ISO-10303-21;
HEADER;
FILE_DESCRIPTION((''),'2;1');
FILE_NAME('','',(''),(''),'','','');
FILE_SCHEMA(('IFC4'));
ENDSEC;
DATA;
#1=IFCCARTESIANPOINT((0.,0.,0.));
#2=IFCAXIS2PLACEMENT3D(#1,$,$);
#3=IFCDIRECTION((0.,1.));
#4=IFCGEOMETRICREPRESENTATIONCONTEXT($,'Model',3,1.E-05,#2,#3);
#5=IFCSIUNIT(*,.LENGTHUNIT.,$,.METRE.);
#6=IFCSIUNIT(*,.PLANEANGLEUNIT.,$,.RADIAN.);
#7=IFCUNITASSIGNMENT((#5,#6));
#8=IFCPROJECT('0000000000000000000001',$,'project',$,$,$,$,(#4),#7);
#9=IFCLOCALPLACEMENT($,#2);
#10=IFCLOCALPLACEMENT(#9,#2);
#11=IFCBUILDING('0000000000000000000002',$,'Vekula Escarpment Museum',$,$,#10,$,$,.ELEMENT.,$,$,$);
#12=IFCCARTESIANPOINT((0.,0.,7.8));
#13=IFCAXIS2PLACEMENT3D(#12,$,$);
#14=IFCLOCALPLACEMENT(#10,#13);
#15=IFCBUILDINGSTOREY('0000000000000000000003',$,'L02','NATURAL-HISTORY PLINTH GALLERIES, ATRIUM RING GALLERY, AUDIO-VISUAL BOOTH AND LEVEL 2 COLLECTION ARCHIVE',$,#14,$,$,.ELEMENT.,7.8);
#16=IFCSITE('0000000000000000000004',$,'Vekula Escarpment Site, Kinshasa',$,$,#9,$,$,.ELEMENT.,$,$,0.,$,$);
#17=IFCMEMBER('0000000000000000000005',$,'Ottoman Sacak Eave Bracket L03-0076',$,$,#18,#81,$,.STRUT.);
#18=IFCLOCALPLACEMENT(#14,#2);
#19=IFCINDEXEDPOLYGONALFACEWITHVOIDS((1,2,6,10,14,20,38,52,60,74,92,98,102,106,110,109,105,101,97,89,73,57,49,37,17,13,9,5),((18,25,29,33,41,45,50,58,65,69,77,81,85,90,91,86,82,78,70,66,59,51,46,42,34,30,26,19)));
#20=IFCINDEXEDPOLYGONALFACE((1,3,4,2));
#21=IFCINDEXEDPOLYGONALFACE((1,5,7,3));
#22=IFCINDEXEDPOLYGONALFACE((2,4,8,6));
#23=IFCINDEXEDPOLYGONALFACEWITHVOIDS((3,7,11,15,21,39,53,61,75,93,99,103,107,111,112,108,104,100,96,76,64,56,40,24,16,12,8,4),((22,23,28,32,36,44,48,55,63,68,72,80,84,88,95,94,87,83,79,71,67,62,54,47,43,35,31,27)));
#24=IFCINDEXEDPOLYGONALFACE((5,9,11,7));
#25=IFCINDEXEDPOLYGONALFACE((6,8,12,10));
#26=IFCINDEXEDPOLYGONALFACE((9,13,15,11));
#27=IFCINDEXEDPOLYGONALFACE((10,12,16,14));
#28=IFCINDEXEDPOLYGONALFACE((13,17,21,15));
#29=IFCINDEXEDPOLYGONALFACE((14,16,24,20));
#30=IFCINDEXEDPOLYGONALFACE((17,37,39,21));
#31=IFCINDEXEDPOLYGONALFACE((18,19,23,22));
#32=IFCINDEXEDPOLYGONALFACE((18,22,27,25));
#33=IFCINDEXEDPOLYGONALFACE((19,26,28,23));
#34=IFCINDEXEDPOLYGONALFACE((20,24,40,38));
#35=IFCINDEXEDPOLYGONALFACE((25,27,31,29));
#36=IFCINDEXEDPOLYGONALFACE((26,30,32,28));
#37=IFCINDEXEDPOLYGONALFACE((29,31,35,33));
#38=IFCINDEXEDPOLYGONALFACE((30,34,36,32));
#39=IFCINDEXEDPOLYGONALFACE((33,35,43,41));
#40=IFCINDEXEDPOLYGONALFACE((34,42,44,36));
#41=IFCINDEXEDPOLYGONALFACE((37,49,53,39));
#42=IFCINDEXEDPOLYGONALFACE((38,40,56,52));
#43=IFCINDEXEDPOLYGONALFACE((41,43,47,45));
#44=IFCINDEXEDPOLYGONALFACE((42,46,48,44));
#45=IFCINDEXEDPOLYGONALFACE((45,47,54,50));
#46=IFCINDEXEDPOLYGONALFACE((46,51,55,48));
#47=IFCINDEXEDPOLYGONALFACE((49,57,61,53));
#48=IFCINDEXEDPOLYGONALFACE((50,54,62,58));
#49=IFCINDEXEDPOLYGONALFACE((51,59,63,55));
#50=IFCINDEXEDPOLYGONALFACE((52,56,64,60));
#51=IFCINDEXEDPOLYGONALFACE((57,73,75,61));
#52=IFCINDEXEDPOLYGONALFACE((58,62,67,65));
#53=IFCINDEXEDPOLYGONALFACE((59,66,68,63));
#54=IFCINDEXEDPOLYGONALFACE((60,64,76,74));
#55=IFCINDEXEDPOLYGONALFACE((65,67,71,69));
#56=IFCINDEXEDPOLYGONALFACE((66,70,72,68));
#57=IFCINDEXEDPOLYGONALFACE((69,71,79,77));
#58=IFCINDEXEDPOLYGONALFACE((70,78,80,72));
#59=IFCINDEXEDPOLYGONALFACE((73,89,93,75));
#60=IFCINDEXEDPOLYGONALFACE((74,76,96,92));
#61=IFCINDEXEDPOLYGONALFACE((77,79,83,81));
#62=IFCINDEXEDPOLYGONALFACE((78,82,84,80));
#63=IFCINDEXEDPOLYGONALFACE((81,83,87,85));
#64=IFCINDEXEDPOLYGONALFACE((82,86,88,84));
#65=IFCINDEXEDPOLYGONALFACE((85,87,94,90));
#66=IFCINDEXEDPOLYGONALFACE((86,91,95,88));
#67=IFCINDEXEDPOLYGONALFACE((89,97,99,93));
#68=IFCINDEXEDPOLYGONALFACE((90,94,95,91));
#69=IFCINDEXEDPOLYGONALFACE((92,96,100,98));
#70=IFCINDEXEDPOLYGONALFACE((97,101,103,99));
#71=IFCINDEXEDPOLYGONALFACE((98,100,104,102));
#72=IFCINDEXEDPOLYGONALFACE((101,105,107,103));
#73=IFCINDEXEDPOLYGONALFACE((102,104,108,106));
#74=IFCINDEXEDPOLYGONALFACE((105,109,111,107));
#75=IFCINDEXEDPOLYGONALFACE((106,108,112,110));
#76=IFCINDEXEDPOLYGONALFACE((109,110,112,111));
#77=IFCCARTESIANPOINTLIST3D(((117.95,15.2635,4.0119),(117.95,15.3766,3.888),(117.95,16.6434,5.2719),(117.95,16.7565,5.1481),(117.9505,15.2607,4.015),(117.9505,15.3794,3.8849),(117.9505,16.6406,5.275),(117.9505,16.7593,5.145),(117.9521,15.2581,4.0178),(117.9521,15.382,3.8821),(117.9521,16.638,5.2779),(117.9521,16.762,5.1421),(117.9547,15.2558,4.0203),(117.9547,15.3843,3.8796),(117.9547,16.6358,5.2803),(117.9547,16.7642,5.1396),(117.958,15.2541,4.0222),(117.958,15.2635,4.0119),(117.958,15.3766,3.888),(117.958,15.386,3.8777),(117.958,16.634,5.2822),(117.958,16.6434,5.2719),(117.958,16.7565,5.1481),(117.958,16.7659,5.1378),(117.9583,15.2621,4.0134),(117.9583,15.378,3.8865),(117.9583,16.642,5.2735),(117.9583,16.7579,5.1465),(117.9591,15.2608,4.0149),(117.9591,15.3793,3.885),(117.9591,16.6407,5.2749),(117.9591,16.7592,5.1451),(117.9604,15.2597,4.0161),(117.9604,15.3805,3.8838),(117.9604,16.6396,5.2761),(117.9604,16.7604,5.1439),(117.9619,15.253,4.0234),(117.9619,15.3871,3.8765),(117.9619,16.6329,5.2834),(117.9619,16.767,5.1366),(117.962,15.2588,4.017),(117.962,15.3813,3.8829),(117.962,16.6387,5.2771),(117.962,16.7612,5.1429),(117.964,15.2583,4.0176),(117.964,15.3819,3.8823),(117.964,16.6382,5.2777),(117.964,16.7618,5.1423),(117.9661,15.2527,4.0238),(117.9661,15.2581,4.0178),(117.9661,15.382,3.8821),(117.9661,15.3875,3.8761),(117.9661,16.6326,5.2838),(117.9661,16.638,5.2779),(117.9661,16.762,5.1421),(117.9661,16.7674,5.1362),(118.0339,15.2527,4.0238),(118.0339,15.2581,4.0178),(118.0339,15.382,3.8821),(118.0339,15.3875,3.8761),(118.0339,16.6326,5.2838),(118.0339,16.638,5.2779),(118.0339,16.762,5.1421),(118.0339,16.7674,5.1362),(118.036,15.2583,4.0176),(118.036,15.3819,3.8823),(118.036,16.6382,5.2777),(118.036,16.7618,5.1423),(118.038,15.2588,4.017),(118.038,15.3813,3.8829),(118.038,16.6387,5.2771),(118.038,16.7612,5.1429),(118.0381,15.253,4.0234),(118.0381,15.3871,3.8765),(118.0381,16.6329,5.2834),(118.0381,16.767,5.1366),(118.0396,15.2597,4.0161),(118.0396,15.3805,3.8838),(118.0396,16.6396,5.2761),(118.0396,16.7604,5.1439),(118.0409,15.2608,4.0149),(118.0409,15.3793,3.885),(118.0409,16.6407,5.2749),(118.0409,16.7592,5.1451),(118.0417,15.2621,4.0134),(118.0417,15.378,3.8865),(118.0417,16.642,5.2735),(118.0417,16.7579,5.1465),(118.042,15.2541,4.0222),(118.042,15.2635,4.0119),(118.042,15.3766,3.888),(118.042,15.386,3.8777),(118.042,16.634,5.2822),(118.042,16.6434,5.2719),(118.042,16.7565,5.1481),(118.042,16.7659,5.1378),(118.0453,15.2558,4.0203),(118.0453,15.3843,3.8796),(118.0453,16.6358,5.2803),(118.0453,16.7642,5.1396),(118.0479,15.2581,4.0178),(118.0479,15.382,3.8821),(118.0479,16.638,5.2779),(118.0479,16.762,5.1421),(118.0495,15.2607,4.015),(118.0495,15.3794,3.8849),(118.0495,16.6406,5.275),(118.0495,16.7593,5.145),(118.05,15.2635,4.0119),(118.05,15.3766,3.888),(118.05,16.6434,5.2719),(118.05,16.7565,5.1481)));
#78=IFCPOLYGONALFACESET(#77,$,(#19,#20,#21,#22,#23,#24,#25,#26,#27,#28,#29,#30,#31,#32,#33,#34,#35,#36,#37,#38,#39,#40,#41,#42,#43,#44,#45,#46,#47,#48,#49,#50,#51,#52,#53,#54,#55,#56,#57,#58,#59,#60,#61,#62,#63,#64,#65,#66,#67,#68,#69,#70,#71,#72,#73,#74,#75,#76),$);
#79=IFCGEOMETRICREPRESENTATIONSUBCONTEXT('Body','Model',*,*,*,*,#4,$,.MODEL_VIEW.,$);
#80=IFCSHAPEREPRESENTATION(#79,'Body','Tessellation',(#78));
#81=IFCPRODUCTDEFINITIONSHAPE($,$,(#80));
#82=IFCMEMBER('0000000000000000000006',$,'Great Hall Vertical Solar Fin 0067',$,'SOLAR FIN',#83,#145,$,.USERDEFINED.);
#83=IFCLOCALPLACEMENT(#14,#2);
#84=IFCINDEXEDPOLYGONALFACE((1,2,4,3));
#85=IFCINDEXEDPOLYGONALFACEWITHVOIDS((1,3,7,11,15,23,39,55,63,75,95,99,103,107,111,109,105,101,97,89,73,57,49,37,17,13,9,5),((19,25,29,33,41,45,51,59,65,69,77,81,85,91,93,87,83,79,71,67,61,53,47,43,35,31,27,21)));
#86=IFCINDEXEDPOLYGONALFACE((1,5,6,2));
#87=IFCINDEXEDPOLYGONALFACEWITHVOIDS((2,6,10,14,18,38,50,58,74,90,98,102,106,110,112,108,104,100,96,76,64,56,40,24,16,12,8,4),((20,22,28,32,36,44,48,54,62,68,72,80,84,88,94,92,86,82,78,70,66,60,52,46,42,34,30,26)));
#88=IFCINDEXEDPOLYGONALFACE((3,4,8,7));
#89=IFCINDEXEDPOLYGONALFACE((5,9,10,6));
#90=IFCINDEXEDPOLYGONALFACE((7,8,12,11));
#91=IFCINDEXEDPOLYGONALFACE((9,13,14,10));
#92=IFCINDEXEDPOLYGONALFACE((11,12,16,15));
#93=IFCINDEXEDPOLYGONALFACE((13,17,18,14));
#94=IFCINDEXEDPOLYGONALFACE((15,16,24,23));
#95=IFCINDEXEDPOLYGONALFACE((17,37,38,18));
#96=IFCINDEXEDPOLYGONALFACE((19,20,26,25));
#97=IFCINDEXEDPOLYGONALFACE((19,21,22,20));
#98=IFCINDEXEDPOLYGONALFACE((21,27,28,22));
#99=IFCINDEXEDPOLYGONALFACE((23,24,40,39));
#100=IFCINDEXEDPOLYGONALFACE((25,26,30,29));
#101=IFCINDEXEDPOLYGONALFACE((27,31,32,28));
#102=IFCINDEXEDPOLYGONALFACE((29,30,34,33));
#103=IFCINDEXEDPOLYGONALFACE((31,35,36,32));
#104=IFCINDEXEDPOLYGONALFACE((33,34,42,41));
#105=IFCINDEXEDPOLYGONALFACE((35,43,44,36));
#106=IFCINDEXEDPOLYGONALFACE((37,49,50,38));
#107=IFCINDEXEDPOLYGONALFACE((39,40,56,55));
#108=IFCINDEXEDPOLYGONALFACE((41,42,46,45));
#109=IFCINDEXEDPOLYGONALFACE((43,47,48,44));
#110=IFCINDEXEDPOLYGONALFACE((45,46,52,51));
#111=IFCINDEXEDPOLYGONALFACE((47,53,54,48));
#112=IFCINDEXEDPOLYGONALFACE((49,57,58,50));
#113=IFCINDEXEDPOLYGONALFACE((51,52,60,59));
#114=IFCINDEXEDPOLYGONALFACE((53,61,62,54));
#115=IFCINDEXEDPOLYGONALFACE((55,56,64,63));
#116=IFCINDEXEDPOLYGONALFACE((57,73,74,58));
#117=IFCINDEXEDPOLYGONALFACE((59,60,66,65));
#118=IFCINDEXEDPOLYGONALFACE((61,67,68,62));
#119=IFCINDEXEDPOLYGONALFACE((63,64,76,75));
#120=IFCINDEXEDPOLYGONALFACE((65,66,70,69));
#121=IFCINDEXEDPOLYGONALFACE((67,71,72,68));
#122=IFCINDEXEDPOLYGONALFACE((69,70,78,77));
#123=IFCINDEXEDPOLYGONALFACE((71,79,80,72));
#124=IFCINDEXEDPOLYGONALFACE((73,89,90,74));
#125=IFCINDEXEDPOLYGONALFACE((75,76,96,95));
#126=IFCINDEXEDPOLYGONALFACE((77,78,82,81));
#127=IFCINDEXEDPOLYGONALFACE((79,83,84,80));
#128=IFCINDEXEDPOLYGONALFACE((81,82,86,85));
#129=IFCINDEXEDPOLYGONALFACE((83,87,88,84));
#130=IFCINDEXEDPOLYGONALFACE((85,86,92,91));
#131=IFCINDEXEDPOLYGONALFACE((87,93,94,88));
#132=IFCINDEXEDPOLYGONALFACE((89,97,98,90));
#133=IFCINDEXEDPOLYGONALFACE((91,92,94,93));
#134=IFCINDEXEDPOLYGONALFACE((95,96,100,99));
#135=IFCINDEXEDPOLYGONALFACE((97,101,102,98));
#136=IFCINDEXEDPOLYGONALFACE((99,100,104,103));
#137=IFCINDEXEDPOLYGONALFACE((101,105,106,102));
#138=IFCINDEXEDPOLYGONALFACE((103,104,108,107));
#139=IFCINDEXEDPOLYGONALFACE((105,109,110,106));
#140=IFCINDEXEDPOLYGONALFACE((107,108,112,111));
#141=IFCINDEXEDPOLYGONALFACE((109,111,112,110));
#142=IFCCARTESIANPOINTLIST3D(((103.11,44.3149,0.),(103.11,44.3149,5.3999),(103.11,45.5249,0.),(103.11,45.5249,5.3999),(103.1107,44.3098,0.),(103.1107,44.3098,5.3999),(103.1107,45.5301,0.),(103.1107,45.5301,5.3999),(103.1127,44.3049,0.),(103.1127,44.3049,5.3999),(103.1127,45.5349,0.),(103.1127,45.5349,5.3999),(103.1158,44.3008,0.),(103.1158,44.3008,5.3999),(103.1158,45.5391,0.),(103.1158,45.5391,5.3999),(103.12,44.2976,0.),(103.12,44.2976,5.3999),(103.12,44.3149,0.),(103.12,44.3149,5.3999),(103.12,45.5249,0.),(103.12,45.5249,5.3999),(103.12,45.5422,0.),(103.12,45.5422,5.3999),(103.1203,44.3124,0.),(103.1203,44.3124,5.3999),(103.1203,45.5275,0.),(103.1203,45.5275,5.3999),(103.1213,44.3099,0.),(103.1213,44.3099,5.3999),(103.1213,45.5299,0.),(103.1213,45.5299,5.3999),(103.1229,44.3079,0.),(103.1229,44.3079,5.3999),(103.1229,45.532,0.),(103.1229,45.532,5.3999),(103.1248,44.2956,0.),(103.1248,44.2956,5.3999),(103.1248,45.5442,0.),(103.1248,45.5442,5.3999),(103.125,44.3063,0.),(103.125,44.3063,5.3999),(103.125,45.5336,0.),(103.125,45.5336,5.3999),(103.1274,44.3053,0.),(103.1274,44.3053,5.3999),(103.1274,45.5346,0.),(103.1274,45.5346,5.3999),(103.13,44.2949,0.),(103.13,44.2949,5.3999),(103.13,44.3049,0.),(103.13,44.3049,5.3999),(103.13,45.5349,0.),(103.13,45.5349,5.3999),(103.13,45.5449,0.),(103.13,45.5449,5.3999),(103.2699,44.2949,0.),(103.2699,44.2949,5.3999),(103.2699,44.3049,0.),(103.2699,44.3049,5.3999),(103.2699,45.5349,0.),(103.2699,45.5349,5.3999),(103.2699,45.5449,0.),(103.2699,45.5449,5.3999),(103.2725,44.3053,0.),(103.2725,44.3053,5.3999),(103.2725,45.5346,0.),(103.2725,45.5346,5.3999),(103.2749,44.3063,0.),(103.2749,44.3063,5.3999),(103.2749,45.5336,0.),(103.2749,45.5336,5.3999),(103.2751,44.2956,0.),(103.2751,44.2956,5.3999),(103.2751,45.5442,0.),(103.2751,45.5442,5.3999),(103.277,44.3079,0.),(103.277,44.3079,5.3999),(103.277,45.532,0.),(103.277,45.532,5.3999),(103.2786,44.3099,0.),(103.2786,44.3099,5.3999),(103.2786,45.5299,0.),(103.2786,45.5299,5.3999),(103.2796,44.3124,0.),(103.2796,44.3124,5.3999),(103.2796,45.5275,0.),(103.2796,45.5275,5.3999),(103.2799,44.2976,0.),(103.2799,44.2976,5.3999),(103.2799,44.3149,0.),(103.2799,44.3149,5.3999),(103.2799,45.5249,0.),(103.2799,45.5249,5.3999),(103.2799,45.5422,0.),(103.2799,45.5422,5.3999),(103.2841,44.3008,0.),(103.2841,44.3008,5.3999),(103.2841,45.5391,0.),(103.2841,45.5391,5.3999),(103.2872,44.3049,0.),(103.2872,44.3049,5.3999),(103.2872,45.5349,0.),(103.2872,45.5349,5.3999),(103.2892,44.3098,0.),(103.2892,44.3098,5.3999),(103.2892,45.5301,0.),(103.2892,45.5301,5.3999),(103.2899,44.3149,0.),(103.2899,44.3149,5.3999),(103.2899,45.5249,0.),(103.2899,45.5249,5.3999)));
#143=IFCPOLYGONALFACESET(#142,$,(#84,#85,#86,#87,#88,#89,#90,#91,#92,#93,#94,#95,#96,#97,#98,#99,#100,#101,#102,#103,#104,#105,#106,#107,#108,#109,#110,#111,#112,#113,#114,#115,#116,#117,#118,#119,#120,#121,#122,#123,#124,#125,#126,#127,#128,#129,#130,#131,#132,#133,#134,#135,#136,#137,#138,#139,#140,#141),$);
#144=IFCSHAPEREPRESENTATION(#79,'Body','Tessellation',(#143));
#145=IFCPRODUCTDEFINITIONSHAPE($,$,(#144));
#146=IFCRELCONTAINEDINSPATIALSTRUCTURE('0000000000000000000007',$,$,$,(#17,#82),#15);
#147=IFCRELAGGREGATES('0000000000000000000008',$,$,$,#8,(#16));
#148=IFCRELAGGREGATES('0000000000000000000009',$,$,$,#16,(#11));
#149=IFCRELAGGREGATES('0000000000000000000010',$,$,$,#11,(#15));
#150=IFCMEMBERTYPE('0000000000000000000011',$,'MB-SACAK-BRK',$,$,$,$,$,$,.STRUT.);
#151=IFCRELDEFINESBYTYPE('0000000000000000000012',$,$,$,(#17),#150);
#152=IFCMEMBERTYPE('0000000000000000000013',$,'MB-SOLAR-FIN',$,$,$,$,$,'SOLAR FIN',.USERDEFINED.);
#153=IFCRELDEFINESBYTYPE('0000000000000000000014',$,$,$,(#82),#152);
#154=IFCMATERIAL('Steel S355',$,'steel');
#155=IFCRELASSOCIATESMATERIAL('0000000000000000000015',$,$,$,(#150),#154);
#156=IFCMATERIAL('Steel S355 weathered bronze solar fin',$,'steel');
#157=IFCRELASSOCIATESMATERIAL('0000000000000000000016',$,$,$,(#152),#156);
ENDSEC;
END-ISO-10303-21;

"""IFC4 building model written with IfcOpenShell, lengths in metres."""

from ifc_helpers import new_model, si_unit, direction, frame, origin, origin_2d, place, context, subcontext, project, spatial, hollow_rectangle, extrude, material, material_profile, profile_set, type_object, element, save


model = new_model("IFC4")

# Units and contexts
model_context = context("Model", 3, precision=1e-05, world=origin(), true_north=direction((0.0, 1.0)))
body_context = subcontext(model_context, "Body", "Model", "MODEL_VIEW")
ifc_project = project(units=[si_unit("LENGTHUNIT", "METRE"), si_unit("PLANEANGLEUNIT", "RADIAN")], contexts=[model_context])

# Site, building, storey
site_placement = place(None, origin())
site = spatial("IfcSite", under=ifc_project, at=site_placement, Name="Vekula Escarpment Site, Kinshasa", CompositionType="ELEMENT", RefElevation=0.0)
building_placement = place(site_placement, origin())
building = spatial("IfcBuilding", under=site, at=building_placement, Name="Vekula Escarpment Museum", CompositionType="ELEMENT")
storey_placement = place(building_placement, frame((0.0, 0.0, 7.8)))
storey = spatial("IfcBuildingStorey", under=building, at=storey_placement, Name="L02", Description="NATURAL-HISTORY PLINTH GALLERIES, ATRIUM RING GALLERY, AUDIO-VISUAL BOOTH AND LEVEL 2 COLLECTION ARCHIVE", CompositionType="ELEMENT", Elevation=7.8)

# Members
ifc_material_1 = material(Name="Steel S355", Category="steel")
ifc_material_profile_1 = material_profile(ifc_material_1, hollow_rectangle(XDim=0.1001, YDim=0.2, WallThickness=0.0081, InnerFilletRadius=0.0081, OuterFilletRadius=0.0161, at=origin_2d()), Name="RHS 200x100x8")
ifc_profile_set_1 = profile_set([ifc_material_profile_1], Name="Steel S355")
member_type_1 = type_object("IfcMemberType", Name="MB-SACAK-BRK", PredefinedType="STRUT", material=ifc_profile_set_1)
for number, where, z_axis, x_axis, name in (
    (1, (118.0, 15.3201, 3.95), (0.0, 0.738454, 0.674303), (-1.0, 0.0, 0.0), "Ottoman Sacak Eave Bracket L03-0076"),
):
    element("IfcMember", number, at=place(storey_placement, frame(where, z_axis=z_axis, x_axis=x_axis)), inside=storey, type_object=member_type_1, Name=name, PredefinedType="STRUT", context=body_context, shape_type="SweptSolid", body=[
        extrude(hollow_rectangle(XDim=0.1001, YDim=0.2, WallThickness=0.0081, InnerFilletRadius=0.0081, OuterFilletRadius=0.0161, at=origin_2d()), origin(), (0.0, 0.0, 1.0), 1.8687),
    ])
ifc_material_2 = material(Name="Steel S355 weathered bronze solar fin", Category="steel")
ifc_material_profile_2 = material_profile(ifc_material_2, hollow_rectangle(XDim=0.1799, YDim=1.25, WallThickness=0.01, InnerFilletRadius=0.01, OuterFilletRadius=0.02, at=origin_2d()), Name="RHS 1250x180x10")
ifc_profile_set_2 = profile_set([ifc_material_profile_2], Name="Steel S355 weathered bronze solar fin")
member_type_2 = type_object("IfcMemberType", Name="MB-SOLAR-FIN", ElementType="SOLAR FIN", PredefinedType="USERDEFINED", material=ifc_profile_set_2)
for number, where, z_axis, x_axis, name in (
    (2, (103.2, 44.9199, 0.0), (0.0, 0.0, 1.0), (1.0, 0.0, 0.0), "Great Hall Vertical Solar Fin 0067"),
):
    element("IfcMember", number, at=place(storey_placement, frame(where, z_axis=z_axis, x_axis=x_axis)), inside=storey, type_object=member_type_2, Name=name, ObjectType="SOLAR FIN", PredefinedType="USERDEFINED", context=body_context, shape_type="SweptSolid", body=[
        extrude(hollow_rectangle(XDim=0.1799, YDim=1.25, WallThickness=0.01, InnerFilletRadius=0.01, OuterFilletRadius=0.02, at=origin_2d()), origin(), (0.0, 0.0, 1.0), 5.3999),
    ])

save(model, "model.ifc")
